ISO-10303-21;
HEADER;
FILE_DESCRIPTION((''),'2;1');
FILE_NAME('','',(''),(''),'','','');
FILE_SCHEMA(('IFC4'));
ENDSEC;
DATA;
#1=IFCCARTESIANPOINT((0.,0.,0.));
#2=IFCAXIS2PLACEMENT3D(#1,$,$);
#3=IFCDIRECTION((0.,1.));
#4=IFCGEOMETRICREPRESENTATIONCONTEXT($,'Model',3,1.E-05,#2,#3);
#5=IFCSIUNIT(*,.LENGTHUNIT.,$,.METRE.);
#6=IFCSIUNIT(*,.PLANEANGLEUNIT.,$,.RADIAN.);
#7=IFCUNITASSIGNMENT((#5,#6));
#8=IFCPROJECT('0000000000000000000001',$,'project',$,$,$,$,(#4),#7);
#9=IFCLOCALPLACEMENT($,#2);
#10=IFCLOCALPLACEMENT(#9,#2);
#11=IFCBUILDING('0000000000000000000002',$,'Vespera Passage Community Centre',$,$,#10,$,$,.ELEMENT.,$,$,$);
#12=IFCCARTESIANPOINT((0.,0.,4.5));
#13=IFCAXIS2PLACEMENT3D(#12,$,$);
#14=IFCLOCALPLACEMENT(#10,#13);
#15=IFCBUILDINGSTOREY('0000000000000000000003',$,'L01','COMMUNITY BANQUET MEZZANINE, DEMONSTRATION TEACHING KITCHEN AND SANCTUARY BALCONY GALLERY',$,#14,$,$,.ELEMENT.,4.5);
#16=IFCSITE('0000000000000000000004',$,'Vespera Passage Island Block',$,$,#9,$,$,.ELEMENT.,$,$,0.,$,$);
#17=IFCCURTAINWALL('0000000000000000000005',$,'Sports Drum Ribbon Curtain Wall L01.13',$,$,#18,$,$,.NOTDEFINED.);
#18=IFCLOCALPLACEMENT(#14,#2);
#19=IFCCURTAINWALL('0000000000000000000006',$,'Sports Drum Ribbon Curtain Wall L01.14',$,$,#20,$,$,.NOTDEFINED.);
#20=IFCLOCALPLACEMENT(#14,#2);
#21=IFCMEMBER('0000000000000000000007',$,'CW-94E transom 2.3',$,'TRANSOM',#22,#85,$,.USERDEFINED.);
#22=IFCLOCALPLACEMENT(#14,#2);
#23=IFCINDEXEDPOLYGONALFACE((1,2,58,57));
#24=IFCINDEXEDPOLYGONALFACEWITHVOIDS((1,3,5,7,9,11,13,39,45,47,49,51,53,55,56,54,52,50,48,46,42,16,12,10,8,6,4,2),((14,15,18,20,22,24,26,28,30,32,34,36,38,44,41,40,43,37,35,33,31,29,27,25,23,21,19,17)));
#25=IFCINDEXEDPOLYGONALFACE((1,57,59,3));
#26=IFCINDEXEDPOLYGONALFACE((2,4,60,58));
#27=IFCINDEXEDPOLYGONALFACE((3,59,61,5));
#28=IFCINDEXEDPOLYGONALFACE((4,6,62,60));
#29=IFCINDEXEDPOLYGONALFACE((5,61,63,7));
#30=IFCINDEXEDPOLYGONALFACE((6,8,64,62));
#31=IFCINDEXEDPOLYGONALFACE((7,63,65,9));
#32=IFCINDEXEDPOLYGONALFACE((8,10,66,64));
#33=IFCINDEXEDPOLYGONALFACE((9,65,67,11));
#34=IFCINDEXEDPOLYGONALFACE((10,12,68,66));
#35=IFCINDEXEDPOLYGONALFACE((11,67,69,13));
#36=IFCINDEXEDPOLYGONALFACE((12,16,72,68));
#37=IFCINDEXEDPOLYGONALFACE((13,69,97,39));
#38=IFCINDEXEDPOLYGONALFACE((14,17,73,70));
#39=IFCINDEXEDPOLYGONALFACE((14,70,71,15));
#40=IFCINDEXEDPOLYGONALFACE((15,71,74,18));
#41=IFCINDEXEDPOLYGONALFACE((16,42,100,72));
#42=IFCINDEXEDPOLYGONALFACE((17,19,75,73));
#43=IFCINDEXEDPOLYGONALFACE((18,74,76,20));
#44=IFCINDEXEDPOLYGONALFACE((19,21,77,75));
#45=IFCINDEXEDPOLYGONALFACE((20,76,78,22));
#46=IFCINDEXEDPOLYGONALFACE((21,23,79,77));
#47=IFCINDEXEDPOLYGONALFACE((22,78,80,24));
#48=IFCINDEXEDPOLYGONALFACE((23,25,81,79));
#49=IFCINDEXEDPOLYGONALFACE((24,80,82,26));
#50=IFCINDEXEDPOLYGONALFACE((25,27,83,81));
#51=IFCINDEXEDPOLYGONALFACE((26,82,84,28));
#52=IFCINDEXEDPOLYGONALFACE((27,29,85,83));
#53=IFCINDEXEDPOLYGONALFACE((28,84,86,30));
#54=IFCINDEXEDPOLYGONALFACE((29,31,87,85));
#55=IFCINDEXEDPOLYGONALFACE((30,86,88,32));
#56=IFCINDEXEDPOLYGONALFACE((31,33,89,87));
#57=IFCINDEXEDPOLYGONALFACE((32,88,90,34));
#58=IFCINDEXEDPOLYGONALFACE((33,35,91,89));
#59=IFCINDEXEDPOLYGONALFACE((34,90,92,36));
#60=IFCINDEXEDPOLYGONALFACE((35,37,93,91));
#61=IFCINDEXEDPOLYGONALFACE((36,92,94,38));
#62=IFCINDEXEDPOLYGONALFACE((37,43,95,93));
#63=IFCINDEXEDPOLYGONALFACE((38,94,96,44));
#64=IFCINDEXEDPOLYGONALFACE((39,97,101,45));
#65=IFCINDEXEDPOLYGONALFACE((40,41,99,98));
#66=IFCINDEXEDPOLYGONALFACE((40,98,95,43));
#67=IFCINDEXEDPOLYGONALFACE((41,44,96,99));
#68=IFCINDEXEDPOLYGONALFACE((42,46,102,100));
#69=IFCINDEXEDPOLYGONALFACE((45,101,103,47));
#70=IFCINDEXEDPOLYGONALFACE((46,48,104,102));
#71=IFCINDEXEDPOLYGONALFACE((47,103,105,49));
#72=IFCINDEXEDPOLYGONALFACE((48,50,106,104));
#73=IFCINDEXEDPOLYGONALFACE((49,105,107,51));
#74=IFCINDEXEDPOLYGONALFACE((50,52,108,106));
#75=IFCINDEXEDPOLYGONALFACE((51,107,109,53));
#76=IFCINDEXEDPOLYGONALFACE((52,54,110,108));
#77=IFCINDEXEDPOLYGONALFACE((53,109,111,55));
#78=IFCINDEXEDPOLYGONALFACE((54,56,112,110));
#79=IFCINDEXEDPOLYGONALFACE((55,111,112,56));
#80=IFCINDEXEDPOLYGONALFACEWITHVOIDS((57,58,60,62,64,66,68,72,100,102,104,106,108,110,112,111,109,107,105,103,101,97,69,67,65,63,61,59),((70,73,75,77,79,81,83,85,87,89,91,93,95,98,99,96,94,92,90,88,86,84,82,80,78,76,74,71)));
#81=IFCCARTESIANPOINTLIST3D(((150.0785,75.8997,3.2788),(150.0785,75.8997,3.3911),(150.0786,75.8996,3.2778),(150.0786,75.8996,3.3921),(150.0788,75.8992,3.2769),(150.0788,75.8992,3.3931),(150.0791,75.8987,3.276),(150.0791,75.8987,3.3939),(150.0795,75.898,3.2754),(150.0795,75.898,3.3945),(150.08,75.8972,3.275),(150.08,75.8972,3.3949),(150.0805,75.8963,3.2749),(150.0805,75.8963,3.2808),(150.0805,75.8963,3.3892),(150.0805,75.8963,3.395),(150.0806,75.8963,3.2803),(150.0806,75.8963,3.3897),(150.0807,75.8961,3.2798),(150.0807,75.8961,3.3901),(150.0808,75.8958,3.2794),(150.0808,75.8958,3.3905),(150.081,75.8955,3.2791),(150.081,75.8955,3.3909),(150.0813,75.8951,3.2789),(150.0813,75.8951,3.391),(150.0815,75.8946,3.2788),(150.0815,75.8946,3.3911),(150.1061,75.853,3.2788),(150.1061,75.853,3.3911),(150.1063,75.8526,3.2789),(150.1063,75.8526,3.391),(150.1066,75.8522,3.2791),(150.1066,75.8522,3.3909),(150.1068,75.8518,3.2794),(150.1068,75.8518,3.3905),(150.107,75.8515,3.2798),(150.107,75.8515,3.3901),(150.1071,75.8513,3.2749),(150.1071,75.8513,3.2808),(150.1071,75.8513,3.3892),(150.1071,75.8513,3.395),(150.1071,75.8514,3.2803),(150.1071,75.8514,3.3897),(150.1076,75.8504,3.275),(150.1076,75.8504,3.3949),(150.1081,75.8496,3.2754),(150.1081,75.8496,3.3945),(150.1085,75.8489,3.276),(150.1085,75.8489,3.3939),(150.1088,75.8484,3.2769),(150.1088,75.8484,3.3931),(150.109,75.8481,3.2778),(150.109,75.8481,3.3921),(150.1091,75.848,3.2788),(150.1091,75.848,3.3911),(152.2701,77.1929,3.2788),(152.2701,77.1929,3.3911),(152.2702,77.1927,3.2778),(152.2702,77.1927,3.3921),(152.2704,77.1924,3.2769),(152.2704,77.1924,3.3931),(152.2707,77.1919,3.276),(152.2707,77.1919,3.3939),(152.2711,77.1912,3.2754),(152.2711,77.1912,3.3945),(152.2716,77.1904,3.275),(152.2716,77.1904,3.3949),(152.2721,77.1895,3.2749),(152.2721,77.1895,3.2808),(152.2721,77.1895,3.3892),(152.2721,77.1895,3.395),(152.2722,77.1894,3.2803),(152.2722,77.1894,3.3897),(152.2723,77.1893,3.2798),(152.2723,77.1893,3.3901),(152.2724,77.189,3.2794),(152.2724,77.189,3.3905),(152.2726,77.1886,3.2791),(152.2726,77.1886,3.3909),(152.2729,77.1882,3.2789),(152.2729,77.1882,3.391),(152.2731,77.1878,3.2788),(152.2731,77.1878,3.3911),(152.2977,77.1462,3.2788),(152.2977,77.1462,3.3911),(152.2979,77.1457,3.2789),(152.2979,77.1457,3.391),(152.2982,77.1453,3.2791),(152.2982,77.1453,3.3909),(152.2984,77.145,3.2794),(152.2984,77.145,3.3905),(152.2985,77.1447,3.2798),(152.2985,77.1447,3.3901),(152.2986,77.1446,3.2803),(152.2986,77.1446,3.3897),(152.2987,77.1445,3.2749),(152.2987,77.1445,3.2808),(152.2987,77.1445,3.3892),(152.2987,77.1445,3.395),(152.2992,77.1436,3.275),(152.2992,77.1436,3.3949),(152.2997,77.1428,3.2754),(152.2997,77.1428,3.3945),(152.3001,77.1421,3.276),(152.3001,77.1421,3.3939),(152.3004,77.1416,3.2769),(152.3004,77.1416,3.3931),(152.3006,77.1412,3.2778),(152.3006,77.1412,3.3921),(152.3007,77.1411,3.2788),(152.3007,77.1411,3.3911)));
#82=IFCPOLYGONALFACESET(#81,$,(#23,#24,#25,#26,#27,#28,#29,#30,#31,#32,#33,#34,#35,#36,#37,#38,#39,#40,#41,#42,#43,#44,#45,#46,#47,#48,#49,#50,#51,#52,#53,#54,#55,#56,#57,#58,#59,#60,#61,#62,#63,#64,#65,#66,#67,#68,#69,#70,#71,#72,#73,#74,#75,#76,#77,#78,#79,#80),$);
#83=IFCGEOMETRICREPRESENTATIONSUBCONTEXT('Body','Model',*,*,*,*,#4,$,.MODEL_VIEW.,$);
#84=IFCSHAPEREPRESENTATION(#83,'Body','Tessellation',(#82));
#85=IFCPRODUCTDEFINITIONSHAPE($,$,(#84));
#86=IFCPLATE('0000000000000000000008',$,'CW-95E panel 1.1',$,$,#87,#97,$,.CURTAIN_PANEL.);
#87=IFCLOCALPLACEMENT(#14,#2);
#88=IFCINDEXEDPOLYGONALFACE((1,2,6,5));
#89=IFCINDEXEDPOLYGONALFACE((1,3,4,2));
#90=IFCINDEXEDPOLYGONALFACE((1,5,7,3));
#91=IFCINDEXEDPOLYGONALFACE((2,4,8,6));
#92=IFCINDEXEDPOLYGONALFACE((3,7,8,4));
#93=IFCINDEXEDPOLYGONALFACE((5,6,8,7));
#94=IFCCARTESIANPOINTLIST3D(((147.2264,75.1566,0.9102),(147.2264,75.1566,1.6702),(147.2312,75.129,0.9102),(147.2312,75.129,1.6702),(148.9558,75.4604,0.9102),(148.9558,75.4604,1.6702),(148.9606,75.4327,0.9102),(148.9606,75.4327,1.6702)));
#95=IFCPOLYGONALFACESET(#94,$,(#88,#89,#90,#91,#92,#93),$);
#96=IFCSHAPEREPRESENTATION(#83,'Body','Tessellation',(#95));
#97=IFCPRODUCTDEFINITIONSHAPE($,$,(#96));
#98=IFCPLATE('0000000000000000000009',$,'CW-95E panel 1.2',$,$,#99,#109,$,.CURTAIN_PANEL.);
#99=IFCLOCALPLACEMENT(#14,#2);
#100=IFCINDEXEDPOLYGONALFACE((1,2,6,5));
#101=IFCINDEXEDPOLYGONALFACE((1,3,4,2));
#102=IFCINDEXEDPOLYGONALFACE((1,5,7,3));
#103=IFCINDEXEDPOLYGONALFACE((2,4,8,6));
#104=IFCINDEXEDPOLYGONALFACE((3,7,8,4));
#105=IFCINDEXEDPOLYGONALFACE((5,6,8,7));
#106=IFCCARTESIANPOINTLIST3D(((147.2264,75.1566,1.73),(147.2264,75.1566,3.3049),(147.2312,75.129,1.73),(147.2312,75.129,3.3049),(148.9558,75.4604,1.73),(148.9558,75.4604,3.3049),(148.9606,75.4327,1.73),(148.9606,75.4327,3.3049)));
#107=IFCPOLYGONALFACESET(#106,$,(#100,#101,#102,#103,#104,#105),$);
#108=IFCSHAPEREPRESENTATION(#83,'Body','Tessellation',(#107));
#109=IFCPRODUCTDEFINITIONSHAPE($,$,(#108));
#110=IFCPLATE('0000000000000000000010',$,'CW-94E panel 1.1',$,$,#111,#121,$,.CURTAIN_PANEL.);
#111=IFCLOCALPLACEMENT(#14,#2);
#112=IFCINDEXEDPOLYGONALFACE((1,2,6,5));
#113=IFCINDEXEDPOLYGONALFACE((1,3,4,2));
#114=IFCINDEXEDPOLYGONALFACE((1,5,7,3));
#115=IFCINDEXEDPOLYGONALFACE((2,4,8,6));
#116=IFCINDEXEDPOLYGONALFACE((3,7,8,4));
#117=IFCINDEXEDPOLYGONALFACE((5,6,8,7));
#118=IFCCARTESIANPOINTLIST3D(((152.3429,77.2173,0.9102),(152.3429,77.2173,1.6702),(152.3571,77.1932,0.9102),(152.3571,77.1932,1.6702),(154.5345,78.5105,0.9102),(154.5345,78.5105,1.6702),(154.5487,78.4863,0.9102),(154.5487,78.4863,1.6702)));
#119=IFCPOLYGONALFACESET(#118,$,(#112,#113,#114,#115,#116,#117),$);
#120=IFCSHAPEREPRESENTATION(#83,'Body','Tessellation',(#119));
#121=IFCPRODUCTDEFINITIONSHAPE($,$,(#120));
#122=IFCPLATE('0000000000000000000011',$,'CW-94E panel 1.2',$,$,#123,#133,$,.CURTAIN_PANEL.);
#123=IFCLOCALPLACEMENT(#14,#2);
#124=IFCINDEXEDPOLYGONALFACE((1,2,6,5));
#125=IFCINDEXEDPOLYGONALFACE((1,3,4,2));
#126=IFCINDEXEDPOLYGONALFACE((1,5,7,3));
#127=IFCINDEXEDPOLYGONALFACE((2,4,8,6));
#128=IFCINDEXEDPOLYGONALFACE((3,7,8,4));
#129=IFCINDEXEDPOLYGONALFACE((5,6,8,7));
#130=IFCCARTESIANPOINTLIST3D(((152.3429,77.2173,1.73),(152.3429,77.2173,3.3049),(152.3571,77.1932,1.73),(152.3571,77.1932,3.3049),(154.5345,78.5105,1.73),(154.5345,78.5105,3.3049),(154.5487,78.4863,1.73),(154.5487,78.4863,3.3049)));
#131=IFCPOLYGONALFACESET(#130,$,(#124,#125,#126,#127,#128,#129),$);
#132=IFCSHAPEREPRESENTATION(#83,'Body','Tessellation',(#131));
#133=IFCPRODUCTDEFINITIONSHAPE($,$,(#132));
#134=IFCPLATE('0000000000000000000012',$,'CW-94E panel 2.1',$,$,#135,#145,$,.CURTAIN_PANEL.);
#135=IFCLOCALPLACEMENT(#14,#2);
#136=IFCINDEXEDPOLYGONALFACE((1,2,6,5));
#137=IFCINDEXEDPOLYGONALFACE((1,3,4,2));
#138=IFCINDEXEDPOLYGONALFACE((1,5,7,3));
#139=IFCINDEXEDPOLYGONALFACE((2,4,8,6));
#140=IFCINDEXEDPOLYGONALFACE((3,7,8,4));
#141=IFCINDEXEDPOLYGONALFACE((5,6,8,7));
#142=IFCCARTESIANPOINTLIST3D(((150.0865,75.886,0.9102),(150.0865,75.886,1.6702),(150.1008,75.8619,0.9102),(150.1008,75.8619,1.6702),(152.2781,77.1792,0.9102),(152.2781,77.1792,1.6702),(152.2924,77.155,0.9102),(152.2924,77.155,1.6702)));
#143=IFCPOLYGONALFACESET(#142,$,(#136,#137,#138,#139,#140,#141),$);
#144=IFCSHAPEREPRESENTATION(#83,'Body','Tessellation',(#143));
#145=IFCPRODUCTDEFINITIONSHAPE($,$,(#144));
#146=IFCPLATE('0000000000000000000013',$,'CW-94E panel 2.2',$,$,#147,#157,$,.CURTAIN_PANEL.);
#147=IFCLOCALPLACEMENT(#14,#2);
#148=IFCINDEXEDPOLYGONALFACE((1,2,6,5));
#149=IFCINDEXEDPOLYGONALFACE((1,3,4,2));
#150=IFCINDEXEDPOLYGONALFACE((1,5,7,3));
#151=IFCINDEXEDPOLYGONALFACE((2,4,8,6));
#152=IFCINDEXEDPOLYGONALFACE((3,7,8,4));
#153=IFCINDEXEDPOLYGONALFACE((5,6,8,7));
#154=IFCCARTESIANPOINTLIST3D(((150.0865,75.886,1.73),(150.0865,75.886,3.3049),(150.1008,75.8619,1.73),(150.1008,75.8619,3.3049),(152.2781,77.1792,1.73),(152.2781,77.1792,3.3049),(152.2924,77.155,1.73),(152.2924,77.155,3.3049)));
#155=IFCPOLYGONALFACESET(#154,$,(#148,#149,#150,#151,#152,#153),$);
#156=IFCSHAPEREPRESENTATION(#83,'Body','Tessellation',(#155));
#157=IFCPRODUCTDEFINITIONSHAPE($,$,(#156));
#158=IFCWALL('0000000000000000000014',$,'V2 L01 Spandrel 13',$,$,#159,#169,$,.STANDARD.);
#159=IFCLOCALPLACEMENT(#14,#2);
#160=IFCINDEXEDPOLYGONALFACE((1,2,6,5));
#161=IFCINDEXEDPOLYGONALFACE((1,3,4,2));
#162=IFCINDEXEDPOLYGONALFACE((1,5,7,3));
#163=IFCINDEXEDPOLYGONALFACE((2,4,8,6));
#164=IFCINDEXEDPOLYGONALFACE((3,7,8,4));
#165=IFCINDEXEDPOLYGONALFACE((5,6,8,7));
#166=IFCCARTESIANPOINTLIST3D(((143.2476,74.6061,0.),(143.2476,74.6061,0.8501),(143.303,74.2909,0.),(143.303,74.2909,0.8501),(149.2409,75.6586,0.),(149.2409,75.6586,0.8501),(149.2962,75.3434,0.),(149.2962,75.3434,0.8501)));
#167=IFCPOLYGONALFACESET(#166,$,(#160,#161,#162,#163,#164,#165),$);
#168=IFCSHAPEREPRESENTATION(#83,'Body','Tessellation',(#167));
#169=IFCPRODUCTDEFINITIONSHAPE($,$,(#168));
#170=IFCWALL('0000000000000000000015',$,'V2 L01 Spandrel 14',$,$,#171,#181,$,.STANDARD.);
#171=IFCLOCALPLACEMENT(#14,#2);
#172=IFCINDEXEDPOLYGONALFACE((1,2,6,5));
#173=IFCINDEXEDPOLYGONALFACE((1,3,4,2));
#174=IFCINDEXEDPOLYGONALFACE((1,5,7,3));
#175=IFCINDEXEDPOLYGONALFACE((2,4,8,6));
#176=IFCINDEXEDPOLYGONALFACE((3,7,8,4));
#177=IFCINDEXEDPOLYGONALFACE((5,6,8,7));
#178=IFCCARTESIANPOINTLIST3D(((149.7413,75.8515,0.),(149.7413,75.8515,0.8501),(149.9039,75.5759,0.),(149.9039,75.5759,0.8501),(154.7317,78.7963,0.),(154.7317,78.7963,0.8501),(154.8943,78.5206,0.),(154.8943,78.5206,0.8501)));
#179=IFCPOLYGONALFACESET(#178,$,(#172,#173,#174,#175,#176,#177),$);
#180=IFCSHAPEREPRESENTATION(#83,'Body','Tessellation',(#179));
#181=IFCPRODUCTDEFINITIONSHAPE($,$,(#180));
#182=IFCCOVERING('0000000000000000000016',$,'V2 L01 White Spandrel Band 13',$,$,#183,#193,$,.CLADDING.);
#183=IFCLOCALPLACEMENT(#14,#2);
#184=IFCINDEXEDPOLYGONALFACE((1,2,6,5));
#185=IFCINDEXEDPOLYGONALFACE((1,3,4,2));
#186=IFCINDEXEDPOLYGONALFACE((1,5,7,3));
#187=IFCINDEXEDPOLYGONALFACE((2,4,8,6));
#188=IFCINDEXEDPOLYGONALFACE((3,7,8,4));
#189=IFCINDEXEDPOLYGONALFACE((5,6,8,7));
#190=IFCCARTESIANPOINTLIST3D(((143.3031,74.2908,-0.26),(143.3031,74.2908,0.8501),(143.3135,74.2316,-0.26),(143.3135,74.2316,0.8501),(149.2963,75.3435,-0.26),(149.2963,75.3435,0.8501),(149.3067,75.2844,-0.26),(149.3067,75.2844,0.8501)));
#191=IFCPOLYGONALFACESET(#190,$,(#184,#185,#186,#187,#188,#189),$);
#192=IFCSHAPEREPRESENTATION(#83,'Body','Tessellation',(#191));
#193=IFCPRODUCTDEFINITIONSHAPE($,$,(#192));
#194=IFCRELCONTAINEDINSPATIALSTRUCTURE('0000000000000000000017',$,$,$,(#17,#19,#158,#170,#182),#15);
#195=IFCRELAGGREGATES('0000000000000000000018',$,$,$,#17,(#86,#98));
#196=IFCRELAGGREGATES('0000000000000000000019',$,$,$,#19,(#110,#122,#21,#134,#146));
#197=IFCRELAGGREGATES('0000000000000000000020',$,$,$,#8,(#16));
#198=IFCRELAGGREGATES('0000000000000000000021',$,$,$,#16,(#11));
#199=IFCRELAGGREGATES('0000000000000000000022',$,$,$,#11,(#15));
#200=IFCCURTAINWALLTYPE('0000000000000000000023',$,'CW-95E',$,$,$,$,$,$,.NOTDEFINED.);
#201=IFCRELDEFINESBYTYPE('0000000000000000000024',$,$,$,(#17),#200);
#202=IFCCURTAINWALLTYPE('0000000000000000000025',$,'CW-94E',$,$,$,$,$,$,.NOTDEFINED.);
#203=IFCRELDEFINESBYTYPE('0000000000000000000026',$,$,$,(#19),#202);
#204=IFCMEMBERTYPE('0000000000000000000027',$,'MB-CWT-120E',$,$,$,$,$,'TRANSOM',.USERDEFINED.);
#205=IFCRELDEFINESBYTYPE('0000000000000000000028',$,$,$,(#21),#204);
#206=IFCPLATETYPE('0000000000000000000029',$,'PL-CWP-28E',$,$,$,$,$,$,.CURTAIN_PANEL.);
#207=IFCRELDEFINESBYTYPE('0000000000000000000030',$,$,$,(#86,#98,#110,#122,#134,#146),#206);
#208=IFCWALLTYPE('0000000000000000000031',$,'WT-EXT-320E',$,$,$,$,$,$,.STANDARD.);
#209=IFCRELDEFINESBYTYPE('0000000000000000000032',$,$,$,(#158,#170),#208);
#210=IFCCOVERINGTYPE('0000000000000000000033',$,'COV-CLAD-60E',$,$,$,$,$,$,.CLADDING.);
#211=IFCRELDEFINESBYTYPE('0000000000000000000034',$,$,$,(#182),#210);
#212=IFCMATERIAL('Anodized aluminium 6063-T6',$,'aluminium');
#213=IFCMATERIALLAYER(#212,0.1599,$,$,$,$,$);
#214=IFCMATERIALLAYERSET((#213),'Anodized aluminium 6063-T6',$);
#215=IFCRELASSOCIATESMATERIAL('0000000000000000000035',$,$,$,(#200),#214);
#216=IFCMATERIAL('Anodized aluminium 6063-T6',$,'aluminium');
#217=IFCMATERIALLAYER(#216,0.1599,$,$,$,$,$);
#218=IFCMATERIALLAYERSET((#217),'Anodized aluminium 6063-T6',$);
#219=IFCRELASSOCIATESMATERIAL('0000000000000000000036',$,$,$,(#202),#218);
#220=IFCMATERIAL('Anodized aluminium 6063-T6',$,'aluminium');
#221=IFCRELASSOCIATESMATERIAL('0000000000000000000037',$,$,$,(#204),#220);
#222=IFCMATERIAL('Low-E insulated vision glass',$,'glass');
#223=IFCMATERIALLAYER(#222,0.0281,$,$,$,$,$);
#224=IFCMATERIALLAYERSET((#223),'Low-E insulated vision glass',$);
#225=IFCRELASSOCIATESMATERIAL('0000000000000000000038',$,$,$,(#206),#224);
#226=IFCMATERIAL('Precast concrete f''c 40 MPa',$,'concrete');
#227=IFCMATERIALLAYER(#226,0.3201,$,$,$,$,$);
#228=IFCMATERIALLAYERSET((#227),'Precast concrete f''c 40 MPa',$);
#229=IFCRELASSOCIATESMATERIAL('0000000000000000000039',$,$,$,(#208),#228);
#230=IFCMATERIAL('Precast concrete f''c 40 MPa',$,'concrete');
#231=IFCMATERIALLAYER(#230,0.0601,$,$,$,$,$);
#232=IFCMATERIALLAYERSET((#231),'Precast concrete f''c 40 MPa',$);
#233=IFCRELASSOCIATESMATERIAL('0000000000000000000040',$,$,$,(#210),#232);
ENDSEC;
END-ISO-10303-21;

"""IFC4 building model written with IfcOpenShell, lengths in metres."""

from ifc_helpers import new_model, si_unit, direction, frame, frame_2d, origin, origin_2d, place, context, subcontext, project, spatial, rectangle, hollow_rectangle, extrude, material, layer, layer_set, material_profile, profile_set, type_object, element, aggregate, save


model = new_model("IFC4")

# Units and contexts
model_context = context("Model", 3, precision=1e-05, world=origin(), true_north=direction((0.0, 1.0)))
body_context = subcontext(model_context, "Body", "Model", "MODEL_VIEW")
ifc_project = project(units=[si_unit("LENGTHUNIT", "METRE"), si_unit("PLANEANGLEUNIT", "RADIAN")], contexts=[model_context])

# Site, building, storey
site_placement = place(None, origin())
site = spatial("IfcSite", under=ifc_project, at=site_placement, Name="Vespera Passage Island Block", CompositionType="ELEMENT", RefElevation=0.0)
building_placement = place(site_placement, origin())
building = spatial("IfcBuilding", under=site, at=building_placement, Name="Vespera Passage Community Centre", CompositionType="ELEMENT")
storey_placement = place(building_placement, frame((0.0, 0.0, 4.5)))
storey = spatial("IfcBuildingStorey", under=building, at=storey_placement, Name="L01", Description="COMMUNITY BANQUET MEZZANINE, DEMONSTRATION TEACHING KITCHEN AND SANCTUARY BALCONY GALLERY", CompositionType="ELEMENT", Elevation=4.5)

# Curtain walls
ifc_material_1 = material(Name="Anodized aluminium 6063-T6", Category="aluminium")
ifc_layer_1 = layer(ifc_material_1, 0.1599)
ifc_layer_set_1 = layer_set([ifc_layer_1], Name="Anodized aluminium 6063-T6")
curtain_wall_type_1 = type_object("IfcCurtainWallType", Name="CW-95E", PredefinedType="NOTDEFINED", material=ifc_layer_set_1)
curtain_wall_1_placement = place(storey_placement, origin())
curtain_wall_1 = element("IfcCurtainWall", 1, at=curtain_wall_1_placement, inside=storey, type_object=curtain_wall_type_1, Name="Sports Drum Ribbon Curtain Wall L01.13", PredefinedType="NOTDEFINED")
ifc_material_2 = material(Name="Anodized aluminium 6063-T6", Category="aluminium")
ifc_layer_2 = layer(ifc_material_2, 0.1599)
ifc_layer_set_2 = layer_set([ifc_layer_2], Name="Anodized aluminium 6063-T6")
curtain_wall_type_2 = type_object("IfcCurtainWallType", Name="CW-94E", PredefinedType="NOTDEFINED", material=ifc_layer_set_2)
curtain_wall_2_placement = place(storey_placement, origin())
curtain_wall_2 = element("IfcCurtainWall", 2, at=curtain_wall_2_placement, inside=storey, type_object=curtain_wall_type_2, Name="Sports Drum Ribbon Curtain Wall L01.14", PredefinedType="NOTDEFINED")

# Member
ifc_material_3 = material(Name="Anodized aluminium 6063-T6", Category="aluminium")
ifc_material_profile_1 = material_profile(ifc_material_3, hollow_rectangle(XDim=0.0601, YDim=0.1201, WallThickness=0.0039, InnerFilletRadius=0.002, OuterFilletRadius=0.0039, at=origin_2d()), Name="ALU120X60X4")
ifc_profile_set_1 = profile_set([ifc_material_profile_1], Name="Anodized aluminium 6063-T6")
member_type_1 = type_object("IfcMemberType", Name="MB-CWT-120E", ElementType="TRANSOM", PredefinedType="USERDEFINED", material=ifc_profile_set_1)
member_1_placement = place(storey_placement, frame((152.2854, 77.167, 3.335), z_axis=(-0.861245, -0.508189, 0.0), x_axis=(0.508189, -0.861245, 0.0)))
member_1 = element("IfcMember", 3, at=member_1_placement, type_object=member_type_1, Name="CW-94E transom 2.3", ObjectType="TRANSOM", PredefinedType="USERDEFINED", context=body_context, shape_type="SweptSolid", body=[
    extrude(hollow_rectangle(XDim=0.0601, YDim=0.1201, WallThickness=0.0039, InnerFilletRadius=0.002, OuterFilletRadius=0.0039, at=origin_2d()), origin(), (0.0, 0.0, 1.0), 2.5447),
])

# Plates
ifc_material_4 = material(Name="Low-E insulated vision glass", Category="glass")
ifc_layer_3 = layer(ifc_material_4, 0.0281)
ifc_layer_set_3 = layer_set([ifc_layer_3], Name="Low-E insulated vision glass")
plate_type = type_object("IfcPlateType", Name="PL-CWP-28E", PredefinedType="CURTAIN_PANEL", material=ifc_layer_set_3)
plate_1_placement = place(storey_placement, frame((148.0935, 75.2947, 0.9102), z_axis=(0.0, 0.0, 1.0), x_axis=(-0.984923, -0.172994, 0.0)))
plate_1 = element("IfcPlate", 4, at=plate_1_placement, type_object=plate_type, Name="CW-95E panel 1.1", PredefinedType="CURTAIN_PANEL", context=body_context, shape_type="SweptSolid", body=[
    extrude(rectangle(XDim=1.7559, YDim=0.0281, at=origin_2d()), origin(), (0.0, 0.0, 1.0), 0.76),
])
plate_2_placement = place(storey_placement, frame((148.0935, 75.2947, 1.73), z_axis=(0.0, 0.0, 1.0), x_axis=(-0.984923, -0.172994, 0.0)))
plate_2 = element("IfcPlate", 5, at=plate_2_placement, type_object=plate_type, Name="CW-95E panel 1.2", PredefinedType="CURTAIN_PANEL", context=body_context, shape_type="SweptSolid", body=[
    extrude(rectangle(XDim=1.7559, YDim=0.0281, at=origin_2d()), origin(), (0.0, 0.0, 1.0), 1.575),
])
aggregate(curtain_wall_1, [plate_1, plate_2])
plate_3_placement = place(storey_placement, frame((153.4458, 77.8518, 0.9102), z_axis=(0.0, 0.0, 1.0), x_axis=(-0.861257, -0.50817, 0.0)))
plate_3 = element("IfcPlate", 6, at=plate_3_placement, type_object=plate_type, Name="CW-94E panel 1.1", PredefinedType="CURTAIN_PANEL", context=body_context, shape_type="SweptSolid", body=[
    extrude(rectangle(XDim=2.5447, YDim=0.0281, at=origin_2d()), origin(), (0.0, 0.0, 1.0), 0.76),
])
plate_4_placement = place(storey_placement, frame((153.4458, 77.8518, 1.73), z_axis=(0.0, 0.0, 1.0), x_axis=(-0.861257, -0.50817, 0.0)))
plate_4 = element("IfcPlate", 7, at=plate_4_placement, type_object=plate_type, Name="CW-94E panel 1.2", PredefinedType="CURTAIN_PANEL", context=body_context, shape_type="SweptSolid", body=[
    extrude(rectangle(XDim=2.5447, YDim=0.0281, at=origin_2d()), origin(), (0.0, 0.0, 1.0), 1.575),
])
plate_5_placement = place(storey_placement, frame((151.1895, 76.5205, 0.9102), z_axis=(0.0, 0.0, 1.0), x_axis=(-0.861257, -0.50817, 0.0)))
plate_5 = element("IfcPlate", 8, at=plate_5_placement, type_object=plate_type, Name="CW-94E panel 2.1", PredefinedType="CURTAIN_PANEL", context=body_context, shape_type="SweptSolid", body=[
    extrude(rectangle(XDim=2.5447, YDim=0.0281, at=origin_2d()), origin(), (0.0, 0.0, 1.0), 0.76),
])
plate_6_placement = place(storey_placement, frame((151.1895, 76.5205, 1.73), z_axis=(0.0, 0.0, 1.0), x_axis=(-0.861257, -0.50817, 0.0)))
plate_6 = element("IfcPlate", 9, at=plate_6_placement, type_object=plate_type, Name="CW-94E panel 2.2", PredefinedType="CURTAIN_PANEL", context=body_context, shape_type="SweptSolid", body=[
    extrude(rectangle(XDim=2.5447, YDim=0.0281, at=origin_2d()), origin(), (0.0, 0.0, 1.0), 1.575),
])
aggregate(curtain_wall_2, [plate_3, plate_4, member_1, plate_5, plate_6])

# Walls
ifc_material_5 = material(Name="Precast concrete f'c 40 MPa", Category="concrete")
ifc_layer_4 = layer(ifc_material_5, 0.3201)
ifc_layer_set_4 = layer_set([ifc_layer_4], Name="Precast concrete f'c 40 MPa")
wall_type = type_object("IfcWallType", Name="WT-EXT-320E", PredefinedType="STANDARD", material=ifc_layer_set_4)
wall_1_placement = place(storey_placement, frame((149.2686, 75.501, 0.0), z_axis=(0.0, 0.0, 1.0), x_axis=(-0.984927, -0.172968, 0.0)))
element("IfcWall", 10, at=wall_1_placement, inside=storey, type_object=wall_type, Name="V2 L01 Spandrel 13", PredefinedType="STANDARD", context=body_context, shape_type="SweptSolid", body=[
    extrude(rectangle(XDim=6.085, YDim=0.3201, at=frame_2d((3.0425, 0.0))), origin(), (0.0, 0.0, 1.0), 0.8501),
])
wall_2_placement = place(storey_placement, frame((154.813, 78.6584, 0.0), z_axis=(0.0, 0.0, 1.0), x_axis=(-0.861236, -0.508205, 0.0)))
element("IfcWall", 11, at=wall_2_placement, inside=storey, type_object=wall_type, Name="V2 L01 Spandrel 14", PredefinedType="STANDARD", context=body_context, shape_type="SweptSolid", body=[
    extrude(rectangle(XDim=5.7944, YDim=0.3201, at=frame_2d((2.8972, 0.0))), origin(), (0.0, 0.0, 1.0), 0.8501),
])

# Covering
ifc_material_6 = material(Name="Precast concrete f'c 40 MPa", Category="concrete")
ifc_layer_5 = layer(ifc_material_6, 0.0601)
ifc_layer_set_5 = layer_set([ifc_layer_5], Name="Precast concrete f'c 40 MPa")
covering_type = type_object("IfcCoveringType", Name="COV-CLAD-60E", PredefinedType="CLADDING", material=ifc_layer_set_5)
covering_1_placement = place(storey_placement, frame((149.3015, 75.314, -0.26), z_axis=(0.0, 0.0, 1.0), x_axis=(-0.984921, -0.173007, 0.0)))
element("IfcCovering", 12, at=covering_1_placement, inside=storey, type_object=covering_type, Name="V2 L01 White Spandrel Band 13", PredefinedType="CLADDING", context=body_context, shape_type="SweptSolid", body=[
    extrude(rectangle(XDim=6.085, YDim=0.0601, at=frame_2d((3.0425, 0.0))), origin(), (0.0, 0.0, 1.0), 1.1101),
])

save(model, "model.ifc")
